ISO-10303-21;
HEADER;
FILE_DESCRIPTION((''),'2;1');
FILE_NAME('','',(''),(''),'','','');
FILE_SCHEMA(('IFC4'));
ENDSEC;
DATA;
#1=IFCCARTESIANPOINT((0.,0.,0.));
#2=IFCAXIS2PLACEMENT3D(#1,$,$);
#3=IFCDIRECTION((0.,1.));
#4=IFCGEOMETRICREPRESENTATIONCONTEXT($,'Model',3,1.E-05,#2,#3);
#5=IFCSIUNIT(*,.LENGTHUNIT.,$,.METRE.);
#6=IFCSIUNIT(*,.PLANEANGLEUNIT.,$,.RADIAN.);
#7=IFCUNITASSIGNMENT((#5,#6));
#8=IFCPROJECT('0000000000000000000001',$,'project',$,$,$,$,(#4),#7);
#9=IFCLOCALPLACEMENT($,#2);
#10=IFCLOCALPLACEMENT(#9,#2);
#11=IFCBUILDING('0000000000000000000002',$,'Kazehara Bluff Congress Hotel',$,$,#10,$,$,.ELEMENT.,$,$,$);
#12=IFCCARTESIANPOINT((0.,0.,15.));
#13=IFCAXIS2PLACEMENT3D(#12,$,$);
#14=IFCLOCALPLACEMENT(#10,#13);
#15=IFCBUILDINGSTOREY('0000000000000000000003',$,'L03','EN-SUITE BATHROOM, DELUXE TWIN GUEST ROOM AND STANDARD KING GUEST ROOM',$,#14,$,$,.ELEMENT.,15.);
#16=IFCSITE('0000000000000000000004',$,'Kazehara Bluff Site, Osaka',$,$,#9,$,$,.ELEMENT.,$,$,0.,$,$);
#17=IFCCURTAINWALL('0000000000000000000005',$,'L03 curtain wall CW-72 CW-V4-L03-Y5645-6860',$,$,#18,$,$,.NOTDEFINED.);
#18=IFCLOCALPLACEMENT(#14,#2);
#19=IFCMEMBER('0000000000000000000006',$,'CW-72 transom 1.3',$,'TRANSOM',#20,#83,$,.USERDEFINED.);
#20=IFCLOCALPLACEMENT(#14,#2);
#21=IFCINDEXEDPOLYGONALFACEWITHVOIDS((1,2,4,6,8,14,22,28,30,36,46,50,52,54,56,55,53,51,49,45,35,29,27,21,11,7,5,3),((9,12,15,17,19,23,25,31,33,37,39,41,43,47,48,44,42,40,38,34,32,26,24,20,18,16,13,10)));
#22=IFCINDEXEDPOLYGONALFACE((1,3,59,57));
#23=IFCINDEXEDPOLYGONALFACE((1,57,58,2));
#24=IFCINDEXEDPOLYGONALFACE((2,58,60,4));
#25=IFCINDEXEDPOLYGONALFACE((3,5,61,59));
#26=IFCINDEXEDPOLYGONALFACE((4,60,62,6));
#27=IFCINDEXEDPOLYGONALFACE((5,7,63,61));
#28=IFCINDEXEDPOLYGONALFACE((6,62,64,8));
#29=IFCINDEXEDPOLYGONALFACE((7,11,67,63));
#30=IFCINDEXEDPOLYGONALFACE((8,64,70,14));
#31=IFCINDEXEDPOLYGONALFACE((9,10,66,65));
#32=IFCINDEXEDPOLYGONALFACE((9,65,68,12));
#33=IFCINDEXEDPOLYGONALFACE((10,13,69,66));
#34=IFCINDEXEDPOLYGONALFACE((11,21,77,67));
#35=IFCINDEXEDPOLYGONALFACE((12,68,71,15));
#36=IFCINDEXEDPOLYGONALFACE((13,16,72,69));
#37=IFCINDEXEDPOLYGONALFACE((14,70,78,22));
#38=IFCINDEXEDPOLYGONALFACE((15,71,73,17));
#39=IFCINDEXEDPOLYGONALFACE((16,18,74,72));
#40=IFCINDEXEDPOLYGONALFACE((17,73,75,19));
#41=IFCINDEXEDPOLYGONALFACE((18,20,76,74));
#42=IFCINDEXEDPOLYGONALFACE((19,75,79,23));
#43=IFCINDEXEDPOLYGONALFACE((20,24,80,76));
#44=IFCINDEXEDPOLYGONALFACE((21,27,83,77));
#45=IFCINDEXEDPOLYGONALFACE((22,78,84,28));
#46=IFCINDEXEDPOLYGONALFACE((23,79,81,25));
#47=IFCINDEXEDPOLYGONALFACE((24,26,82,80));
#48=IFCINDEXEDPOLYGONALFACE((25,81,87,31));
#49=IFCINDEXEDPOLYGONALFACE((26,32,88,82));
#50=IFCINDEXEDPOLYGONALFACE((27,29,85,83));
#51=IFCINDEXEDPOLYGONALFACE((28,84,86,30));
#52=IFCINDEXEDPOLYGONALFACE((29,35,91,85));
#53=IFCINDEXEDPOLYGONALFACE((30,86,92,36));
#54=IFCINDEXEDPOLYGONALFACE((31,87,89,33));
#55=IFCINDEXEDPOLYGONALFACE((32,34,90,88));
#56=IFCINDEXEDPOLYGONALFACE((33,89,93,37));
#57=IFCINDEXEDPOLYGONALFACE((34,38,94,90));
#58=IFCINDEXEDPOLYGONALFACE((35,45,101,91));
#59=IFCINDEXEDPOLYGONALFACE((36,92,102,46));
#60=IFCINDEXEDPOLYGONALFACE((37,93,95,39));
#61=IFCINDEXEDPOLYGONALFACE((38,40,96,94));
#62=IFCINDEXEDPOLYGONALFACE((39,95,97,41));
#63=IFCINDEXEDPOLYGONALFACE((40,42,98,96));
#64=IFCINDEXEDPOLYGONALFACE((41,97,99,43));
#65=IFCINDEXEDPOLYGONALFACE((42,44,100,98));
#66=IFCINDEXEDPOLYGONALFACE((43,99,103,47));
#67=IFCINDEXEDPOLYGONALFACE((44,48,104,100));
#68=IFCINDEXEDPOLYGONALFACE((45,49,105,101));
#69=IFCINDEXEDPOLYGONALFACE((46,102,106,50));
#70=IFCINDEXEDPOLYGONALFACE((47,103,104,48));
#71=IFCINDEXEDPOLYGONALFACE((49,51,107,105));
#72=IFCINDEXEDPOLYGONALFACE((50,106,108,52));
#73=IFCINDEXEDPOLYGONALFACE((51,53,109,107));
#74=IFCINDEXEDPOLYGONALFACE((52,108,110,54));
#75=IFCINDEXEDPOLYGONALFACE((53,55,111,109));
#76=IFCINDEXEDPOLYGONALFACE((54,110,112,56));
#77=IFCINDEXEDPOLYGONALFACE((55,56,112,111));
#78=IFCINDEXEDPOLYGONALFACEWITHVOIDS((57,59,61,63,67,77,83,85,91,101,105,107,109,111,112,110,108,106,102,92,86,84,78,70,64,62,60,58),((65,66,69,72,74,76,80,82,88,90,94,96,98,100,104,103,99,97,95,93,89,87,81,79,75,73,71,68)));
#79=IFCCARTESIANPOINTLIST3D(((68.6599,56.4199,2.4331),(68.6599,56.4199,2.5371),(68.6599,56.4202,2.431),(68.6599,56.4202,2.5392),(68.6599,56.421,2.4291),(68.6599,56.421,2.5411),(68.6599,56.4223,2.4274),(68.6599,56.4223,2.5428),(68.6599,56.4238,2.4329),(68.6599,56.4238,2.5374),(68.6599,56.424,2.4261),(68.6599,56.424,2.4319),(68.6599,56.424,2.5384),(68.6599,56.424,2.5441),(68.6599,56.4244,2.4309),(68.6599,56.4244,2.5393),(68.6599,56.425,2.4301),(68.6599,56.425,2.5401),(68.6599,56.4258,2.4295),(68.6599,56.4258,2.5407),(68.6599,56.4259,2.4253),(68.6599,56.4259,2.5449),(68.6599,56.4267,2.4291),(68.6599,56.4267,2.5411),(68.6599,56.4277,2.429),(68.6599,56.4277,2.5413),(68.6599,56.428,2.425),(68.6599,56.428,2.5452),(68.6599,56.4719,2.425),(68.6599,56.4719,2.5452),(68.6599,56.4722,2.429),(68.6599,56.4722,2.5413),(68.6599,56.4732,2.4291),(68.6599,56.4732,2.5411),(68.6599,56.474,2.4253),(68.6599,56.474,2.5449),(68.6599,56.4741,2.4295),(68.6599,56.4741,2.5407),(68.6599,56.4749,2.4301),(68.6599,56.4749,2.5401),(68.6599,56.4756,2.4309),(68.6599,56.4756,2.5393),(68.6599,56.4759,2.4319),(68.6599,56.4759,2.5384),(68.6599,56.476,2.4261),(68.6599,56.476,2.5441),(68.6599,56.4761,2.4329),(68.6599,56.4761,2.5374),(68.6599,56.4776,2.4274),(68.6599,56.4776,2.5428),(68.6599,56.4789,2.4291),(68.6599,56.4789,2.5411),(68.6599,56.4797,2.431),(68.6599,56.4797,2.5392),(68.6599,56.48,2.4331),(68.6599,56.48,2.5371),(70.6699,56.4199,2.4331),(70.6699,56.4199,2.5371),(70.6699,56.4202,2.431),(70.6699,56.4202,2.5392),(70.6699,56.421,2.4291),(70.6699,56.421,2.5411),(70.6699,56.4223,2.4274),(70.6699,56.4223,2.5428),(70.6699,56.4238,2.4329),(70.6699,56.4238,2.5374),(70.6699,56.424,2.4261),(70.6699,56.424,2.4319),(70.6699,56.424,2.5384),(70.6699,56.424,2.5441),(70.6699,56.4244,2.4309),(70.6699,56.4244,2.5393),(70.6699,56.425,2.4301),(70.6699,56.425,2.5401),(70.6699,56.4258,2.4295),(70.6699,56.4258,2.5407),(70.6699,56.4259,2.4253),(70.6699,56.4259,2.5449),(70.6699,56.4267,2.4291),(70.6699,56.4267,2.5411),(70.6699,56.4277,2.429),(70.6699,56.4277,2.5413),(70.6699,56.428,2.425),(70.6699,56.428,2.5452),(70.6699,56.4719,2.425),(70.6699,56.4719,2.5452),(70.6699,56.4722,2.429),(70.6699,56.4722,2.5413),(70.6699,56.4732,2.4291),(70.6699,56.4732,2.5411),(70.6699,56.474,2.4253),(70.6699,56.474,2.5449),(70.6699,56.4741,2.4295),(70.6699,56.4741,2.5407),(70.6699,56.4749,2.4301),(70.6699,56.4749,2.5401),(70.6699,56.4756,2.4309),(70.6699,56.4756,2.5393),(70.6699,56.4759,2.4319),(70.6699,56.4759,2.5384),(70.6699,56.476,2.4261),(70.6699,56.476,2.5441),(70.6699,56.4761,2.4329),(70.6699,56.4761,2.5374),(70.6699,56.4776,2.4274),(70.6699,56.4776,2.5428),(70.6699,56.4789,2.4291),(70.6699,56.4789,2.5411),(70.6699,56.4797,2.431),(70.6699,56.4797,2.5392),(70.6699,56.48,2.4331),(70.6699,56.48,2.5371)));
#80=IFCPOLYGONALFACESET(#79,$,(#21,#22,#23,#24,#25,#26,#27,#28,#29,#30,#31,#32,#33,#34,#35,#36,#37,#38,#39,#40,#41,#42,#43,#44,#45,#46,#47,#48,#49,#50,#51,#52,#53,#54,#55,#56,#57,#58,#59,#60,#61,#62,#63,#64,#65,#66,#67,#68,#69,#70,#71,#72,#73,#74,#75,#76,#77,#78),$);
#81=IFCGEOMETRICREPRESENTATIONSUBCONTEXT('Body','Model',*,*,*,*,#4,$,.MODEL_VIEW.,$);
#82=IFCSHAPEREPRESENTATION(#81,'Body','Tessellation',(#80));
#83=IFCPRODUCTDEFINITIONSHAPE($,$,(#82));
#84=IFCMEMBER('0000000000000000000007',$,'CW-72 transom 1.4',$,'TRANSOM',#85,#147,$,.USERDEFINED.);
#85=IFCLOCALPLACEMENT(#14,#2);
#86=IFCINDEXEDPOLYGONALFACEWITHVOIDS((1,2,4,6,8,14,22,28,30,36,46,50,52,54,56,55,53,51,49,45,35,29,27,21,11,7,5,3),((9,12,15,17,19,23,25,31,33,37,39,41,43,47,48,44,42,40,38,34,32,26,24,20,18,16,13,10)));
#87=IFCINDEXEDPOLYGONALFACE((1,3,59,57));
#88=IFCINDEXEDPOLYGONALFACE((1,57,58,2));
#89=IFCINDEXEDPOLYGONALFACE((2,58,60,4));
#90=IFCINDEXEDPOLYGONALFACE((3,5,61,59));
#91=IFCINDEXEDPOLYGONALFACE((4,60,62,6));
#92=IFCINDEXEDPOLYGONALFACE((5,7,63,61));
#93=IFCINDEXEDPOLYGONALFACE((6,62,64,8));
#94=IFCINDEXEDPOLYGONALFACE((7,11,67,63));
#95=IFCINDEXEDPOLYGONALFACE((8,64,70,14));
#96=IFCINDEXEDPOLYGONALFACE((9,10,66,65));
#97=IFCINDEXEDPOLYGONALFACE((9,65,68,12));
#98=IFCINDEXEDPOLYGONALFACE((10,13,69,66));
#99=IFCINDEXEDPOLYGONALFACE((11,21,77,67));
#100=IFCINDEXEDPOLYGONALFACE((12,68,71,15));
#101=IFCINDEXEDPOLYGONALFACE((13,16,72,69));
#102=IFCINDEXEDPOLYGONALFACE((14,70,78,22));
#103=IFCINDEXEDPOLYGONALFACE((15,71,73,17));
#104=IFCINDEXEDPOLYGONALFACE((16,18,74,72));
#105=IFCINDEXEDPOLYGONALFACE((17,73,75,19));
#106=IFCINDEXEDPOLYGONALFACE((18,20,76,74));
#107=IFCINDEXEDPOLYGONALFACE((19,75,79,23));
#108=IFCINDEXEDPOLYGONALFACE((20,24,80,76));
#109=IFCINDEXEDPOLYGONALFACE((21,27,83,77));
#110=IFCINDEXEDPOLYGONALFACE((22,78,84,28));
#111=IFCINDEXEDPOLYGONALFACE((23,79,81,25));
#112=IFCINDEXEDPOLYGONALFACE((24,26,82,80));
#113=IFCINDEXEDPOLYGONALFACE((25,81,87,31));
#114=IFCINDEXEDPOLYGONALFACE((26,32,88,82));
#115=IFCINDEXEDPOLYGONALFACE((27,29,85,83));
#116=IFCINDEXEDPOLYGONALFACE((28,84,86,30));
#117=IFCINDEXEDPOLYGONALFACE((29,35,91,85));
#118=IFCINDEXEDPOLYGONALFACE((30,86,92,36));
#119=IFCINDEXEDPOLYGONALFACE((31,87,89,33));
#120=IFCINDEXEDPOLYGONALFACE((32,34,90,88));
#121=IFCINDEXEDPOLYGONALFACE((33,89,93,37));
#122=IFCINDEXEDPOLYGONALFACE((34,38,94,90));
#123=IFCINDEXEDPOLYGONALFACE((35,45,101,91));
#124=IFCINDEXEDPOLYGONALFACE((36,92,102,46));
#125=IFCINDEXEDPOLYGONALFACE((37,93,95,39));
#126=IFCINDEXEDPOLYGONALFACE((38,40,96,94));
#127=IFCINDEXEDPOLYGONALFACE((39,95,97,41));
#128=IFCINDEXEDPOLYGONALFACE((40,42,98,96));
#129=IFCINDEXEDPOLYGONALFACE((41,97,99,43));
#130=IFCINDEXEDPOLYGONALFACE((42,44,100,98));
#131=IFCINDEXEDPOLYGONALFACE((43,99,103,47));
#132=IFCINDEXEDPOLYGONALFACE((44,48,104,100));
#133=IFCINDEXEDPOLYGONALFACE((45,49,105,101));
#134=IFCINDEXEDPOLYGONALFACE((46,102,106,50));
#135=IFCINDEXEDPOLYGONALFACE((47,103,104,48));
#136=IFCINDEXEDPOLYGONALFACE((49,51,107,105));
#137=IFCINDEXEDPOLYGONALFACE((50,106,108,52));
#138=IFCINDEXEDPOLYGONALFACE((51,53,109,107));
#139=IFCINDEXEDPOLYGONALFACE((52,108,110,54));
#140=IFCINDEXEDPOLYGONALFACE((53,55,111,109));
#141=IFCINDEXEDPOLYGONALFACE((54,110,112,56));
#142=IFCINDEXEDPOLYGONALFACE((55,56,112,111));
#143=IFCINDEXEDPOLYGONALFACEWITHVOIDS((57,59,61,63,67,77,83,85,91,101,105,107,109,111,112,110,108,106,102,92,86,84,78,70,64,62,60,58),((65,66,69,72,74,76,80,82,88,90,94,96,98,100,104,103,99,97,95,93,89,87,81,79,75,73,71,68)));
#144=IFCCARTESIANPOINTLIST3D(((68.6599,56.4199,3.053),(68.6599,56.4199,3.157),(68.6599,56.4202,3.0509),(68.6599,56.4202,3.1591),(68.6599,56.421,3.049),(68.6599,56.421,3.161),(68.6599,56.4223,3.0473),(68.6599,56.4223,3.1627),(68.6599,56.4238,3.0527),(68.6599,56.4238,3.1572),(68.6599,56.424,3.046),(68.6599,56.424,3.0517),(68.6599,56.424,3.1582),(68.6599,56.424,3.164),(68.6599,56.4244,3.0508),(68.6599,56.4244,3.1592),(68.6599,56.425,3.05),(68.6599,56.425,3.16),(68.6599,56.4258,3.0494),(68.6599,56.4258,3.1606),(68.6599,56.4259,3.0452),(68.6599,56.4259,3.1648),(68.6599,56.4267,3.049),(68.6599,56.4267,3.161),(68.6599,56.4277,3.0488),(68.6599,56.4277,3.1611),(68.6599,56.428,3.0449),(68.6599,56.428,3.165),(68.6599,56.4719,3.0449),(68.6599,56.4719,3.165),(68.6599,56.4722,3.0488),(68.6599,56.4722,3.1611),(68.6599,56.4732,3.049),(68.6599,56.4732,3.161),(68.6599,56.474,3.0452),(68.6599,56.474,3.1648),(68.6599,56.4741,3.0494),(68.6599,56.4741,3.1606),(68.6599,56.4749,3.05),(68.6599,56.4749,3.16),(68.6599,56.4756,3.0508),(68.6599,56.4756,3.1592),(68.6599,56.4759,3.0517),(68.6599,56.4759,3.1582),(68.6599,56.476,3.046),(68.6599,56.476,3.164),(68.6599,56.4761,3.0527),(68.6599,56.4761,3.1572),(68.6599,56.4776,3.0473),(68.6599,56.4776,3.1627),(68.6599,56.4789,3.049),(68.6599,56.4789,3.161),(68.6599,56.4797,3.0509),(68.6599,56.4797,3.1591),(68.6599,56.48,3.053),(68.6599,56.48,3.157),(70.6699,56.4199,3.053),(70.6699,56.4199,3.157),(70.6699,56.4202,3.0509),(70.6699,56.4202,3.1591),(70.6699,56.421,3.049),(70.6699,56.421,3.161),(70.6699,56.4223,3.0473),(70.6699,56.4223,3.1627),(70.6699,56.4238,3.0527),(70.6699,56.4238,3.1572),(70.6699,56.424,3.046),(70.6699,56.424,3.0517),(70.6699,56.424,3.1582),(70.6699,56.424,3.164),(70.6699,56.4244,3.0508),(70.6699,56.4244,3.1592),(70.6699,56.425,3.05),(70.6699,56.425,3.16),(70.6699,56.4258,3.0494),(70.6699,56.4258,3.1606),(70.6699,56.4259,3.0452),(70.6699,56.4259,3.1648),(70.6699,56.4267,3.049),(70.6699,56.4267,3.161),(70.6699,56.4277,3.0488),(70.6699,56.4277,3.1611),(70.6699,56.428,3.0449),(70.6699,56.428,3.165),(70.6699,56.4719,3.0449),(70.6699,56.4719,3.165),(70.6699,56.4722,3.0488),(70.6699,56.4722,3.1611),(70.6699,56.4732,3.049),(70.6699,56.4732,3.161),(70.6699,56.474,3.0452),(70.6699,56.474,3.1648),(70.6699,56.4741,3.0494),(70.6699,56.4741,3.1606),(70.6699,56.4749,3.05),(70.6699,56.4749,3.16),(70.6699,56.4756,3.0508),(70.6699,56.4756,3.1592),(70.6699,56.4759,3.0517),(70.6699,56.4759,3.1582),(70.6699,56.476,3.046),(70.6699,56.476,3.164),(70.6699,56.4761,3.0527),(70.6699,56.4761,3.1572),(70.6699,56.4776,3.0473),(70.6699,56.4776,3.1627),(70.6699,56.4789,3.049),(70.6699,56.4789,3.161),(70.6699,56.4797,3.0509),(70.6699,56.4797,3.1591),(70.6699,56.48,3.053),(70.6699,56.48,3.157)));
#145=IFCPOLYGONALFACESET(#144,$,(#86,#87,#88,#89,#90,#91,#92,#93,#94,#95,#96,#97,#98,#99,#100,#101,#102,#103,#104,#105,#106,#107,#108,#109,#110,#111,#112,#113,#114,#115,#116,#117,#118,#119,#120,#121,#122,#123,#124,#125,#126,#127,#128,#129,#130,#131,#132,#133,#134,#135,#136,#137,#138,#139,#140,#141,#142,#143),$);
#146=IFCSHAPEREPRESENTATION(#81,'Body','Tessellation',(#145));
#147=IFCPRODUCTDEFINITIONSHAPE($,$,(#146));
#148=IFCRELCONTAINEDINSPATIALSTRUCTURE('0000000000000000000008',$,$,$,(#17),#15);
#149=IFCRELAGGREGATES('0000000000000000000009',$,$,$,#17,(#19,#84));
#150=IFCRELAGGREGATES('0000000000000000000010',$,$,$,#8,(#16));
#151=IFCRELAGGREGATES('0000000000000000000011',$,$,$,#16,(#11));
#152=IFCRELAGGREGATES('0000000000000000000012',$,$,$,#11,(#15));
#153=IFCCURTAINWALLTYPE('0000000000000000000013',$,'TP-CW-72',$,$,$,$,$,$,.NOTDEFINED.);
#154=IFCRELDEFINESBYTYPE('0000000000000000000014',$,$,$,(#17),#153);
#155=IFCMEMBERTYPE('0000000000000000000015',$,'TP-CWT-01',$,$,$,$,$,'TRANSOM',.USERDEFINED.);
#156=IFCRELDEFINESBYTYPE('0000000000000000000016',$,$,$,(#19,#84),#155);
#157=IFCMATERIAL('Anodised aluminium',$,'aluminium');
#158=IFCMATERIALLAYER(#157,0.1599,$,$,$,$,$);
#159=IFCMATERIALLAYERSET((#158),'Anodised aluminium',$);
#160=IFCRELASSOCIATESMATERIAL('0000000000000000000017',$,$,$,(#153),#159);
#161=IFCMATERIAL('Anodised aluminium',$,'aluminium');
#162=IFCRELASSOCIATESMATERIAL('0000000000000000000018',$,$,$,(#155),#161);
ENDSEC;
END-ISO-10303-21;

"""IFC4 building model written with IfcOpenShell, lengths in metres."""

from ifc_helpers import new_model, si_unit, direction, frame, origin, origin_2d, place, context, subcontext, project, spatial, hollow_rectangle, extrude, material, layer, layer_set, material_profile, profile_set, type_object, element, aggregate, save


model = new_model("IFC4")

# Units and contexts
model_context = context("Model", 3, precision=1e-05, world=origin(), true_north=direction((0.0, 1.0)))
body_context = subcontext(model_context, "Body", "Model", "MODEL_VIEW")
ifc_project = project(units=[si_unit("LENGTHUNIT", "METRE"), si_unit("PLANEANGLEUNIT", "RADIAN")], contexts=[model_context])

# Site, building, storey
site_placement = place(None, origin())
site = spatial("IfcSite", under=ifc_project, at=site_placement, Name="Kazehara Bluff Site, Osaka", CompositionType="ELEMENT", RefElevation=0.0)
building_placement = place(site_placement, origin())
building = spatial("IfcBuilding", under=site, at=building_placement, Name="Kazehara Bluff Congress Hotel", CompositionType="ELEMENT")
storey_placement = place(building_placement, frame((0.0, 0.0, 15.0)))
storey = spatial("IfcBuildingStorey", under=building, at=storey_placement, Name="L03", Description="EN-SUITE BATHROOM, DELUXE TWIN GUEST ROOM AND STANDARD KING GUEST ROOM", CompositionType="ELEMENT", Elevation=15.0)

# Curtain wall
ifc_material_1 = material(Name="Anodised aluminium", Category="aluminium")
ifc_layer_1 = layer(ifc_material_1, 0.1599)
ifc_layer_set_1 = layer_set([ifc_layer_1], Name="Anodised aluminium")
curtain_wall_type_1 = type_object("IfcCurtainWallType", Name="TP-CW-72", PredefinedType="NOTDEFINED", material=ifc_layer_set_1)
curtain_wall_1_placement = place(storey_placement, origin())
curtain_wall_1 = element("IfcCurtainWall", 1, at=curtain_wall_1_placement, inside=storey, type_object=curtain_wall_type_1, Name="L03 curtain wall CW-72 CW-V4-L03-Y5645-6860", PredefinedType="NOTDEFINED")

# Members
ifc_material_2 = material(Name="Anodised aluminium", Category="aluminium")
ifc_material_profile_1 = material_profile(ifc_material_2, hollow_rectangle(XDim=0.0601, YDim=0.1201, WallThickness=0.0039, InnerFilletRadius=0.0039, OuterFilletRadius=0.0081, at=origin_2d()))
ifc_profile_set_1 = profile_set([ifc_material_profile_1], Name="Anodised aluminium")
member_type_1 = type_object("IfcMemberType", Name="TP-CWT-01", ElementType="TRANSOM", PredefinedType="USERDEFINED", material=ifc_profile_set_1)
member_1_placement = place(storey_placement, frame((68.6599, 56.45, 2.4851), z_axis=(1.0, 0.0, 0.0), x_axis=(0.0, 1.0, 0.0)))
member_1 = element("IfcMember", 2, at=member_1_placement, type_object=member_type_1, Name="CW-72 transom 1.3", ObjectType="TRANSOM", PredefinedType="USERDEFINED", context=body_context, shape_type="SweptSolid", body=[
    extrude(hollow_rectangle(XDim=0.0601, YDim=0.1201, WallThickness=0.0039, InnerFilletRadius=0.0039, OuterFilletRadius=0.0081, at=origin_2d()), origin(), (0.0, 0.0, 1.0), 2.01),
])
member_2_placement = place(storey_placement, frame((68.6599, 56.45, 3.105), z_axis=(1.0, 0.0, 0.0), x_axis=(0.0, 1.0, 0.0)))
member_2 = element("IfcMember", 3, at=member_2_placement, type_object=member_type_1, Name="CW-72 transom 1.4", ObjectType="TRANSOM", PredefinedType="USERDEFINED", context=body_context, shape_type="SweptSolid", body=[
    extrude(hollow_rectangle(XDim=0.0601, YDim=0.1201, WallThickness=0.0039, InnerFilletRadius=0.0039, OuterFilletRadius=0.0081, at=origin_2d()), origin(), (0.0, 0.0, 1.0), 2.01),
])

aggregate(curtain_wall_1, [member_1, member_2])

save(model, "model.ifc")
